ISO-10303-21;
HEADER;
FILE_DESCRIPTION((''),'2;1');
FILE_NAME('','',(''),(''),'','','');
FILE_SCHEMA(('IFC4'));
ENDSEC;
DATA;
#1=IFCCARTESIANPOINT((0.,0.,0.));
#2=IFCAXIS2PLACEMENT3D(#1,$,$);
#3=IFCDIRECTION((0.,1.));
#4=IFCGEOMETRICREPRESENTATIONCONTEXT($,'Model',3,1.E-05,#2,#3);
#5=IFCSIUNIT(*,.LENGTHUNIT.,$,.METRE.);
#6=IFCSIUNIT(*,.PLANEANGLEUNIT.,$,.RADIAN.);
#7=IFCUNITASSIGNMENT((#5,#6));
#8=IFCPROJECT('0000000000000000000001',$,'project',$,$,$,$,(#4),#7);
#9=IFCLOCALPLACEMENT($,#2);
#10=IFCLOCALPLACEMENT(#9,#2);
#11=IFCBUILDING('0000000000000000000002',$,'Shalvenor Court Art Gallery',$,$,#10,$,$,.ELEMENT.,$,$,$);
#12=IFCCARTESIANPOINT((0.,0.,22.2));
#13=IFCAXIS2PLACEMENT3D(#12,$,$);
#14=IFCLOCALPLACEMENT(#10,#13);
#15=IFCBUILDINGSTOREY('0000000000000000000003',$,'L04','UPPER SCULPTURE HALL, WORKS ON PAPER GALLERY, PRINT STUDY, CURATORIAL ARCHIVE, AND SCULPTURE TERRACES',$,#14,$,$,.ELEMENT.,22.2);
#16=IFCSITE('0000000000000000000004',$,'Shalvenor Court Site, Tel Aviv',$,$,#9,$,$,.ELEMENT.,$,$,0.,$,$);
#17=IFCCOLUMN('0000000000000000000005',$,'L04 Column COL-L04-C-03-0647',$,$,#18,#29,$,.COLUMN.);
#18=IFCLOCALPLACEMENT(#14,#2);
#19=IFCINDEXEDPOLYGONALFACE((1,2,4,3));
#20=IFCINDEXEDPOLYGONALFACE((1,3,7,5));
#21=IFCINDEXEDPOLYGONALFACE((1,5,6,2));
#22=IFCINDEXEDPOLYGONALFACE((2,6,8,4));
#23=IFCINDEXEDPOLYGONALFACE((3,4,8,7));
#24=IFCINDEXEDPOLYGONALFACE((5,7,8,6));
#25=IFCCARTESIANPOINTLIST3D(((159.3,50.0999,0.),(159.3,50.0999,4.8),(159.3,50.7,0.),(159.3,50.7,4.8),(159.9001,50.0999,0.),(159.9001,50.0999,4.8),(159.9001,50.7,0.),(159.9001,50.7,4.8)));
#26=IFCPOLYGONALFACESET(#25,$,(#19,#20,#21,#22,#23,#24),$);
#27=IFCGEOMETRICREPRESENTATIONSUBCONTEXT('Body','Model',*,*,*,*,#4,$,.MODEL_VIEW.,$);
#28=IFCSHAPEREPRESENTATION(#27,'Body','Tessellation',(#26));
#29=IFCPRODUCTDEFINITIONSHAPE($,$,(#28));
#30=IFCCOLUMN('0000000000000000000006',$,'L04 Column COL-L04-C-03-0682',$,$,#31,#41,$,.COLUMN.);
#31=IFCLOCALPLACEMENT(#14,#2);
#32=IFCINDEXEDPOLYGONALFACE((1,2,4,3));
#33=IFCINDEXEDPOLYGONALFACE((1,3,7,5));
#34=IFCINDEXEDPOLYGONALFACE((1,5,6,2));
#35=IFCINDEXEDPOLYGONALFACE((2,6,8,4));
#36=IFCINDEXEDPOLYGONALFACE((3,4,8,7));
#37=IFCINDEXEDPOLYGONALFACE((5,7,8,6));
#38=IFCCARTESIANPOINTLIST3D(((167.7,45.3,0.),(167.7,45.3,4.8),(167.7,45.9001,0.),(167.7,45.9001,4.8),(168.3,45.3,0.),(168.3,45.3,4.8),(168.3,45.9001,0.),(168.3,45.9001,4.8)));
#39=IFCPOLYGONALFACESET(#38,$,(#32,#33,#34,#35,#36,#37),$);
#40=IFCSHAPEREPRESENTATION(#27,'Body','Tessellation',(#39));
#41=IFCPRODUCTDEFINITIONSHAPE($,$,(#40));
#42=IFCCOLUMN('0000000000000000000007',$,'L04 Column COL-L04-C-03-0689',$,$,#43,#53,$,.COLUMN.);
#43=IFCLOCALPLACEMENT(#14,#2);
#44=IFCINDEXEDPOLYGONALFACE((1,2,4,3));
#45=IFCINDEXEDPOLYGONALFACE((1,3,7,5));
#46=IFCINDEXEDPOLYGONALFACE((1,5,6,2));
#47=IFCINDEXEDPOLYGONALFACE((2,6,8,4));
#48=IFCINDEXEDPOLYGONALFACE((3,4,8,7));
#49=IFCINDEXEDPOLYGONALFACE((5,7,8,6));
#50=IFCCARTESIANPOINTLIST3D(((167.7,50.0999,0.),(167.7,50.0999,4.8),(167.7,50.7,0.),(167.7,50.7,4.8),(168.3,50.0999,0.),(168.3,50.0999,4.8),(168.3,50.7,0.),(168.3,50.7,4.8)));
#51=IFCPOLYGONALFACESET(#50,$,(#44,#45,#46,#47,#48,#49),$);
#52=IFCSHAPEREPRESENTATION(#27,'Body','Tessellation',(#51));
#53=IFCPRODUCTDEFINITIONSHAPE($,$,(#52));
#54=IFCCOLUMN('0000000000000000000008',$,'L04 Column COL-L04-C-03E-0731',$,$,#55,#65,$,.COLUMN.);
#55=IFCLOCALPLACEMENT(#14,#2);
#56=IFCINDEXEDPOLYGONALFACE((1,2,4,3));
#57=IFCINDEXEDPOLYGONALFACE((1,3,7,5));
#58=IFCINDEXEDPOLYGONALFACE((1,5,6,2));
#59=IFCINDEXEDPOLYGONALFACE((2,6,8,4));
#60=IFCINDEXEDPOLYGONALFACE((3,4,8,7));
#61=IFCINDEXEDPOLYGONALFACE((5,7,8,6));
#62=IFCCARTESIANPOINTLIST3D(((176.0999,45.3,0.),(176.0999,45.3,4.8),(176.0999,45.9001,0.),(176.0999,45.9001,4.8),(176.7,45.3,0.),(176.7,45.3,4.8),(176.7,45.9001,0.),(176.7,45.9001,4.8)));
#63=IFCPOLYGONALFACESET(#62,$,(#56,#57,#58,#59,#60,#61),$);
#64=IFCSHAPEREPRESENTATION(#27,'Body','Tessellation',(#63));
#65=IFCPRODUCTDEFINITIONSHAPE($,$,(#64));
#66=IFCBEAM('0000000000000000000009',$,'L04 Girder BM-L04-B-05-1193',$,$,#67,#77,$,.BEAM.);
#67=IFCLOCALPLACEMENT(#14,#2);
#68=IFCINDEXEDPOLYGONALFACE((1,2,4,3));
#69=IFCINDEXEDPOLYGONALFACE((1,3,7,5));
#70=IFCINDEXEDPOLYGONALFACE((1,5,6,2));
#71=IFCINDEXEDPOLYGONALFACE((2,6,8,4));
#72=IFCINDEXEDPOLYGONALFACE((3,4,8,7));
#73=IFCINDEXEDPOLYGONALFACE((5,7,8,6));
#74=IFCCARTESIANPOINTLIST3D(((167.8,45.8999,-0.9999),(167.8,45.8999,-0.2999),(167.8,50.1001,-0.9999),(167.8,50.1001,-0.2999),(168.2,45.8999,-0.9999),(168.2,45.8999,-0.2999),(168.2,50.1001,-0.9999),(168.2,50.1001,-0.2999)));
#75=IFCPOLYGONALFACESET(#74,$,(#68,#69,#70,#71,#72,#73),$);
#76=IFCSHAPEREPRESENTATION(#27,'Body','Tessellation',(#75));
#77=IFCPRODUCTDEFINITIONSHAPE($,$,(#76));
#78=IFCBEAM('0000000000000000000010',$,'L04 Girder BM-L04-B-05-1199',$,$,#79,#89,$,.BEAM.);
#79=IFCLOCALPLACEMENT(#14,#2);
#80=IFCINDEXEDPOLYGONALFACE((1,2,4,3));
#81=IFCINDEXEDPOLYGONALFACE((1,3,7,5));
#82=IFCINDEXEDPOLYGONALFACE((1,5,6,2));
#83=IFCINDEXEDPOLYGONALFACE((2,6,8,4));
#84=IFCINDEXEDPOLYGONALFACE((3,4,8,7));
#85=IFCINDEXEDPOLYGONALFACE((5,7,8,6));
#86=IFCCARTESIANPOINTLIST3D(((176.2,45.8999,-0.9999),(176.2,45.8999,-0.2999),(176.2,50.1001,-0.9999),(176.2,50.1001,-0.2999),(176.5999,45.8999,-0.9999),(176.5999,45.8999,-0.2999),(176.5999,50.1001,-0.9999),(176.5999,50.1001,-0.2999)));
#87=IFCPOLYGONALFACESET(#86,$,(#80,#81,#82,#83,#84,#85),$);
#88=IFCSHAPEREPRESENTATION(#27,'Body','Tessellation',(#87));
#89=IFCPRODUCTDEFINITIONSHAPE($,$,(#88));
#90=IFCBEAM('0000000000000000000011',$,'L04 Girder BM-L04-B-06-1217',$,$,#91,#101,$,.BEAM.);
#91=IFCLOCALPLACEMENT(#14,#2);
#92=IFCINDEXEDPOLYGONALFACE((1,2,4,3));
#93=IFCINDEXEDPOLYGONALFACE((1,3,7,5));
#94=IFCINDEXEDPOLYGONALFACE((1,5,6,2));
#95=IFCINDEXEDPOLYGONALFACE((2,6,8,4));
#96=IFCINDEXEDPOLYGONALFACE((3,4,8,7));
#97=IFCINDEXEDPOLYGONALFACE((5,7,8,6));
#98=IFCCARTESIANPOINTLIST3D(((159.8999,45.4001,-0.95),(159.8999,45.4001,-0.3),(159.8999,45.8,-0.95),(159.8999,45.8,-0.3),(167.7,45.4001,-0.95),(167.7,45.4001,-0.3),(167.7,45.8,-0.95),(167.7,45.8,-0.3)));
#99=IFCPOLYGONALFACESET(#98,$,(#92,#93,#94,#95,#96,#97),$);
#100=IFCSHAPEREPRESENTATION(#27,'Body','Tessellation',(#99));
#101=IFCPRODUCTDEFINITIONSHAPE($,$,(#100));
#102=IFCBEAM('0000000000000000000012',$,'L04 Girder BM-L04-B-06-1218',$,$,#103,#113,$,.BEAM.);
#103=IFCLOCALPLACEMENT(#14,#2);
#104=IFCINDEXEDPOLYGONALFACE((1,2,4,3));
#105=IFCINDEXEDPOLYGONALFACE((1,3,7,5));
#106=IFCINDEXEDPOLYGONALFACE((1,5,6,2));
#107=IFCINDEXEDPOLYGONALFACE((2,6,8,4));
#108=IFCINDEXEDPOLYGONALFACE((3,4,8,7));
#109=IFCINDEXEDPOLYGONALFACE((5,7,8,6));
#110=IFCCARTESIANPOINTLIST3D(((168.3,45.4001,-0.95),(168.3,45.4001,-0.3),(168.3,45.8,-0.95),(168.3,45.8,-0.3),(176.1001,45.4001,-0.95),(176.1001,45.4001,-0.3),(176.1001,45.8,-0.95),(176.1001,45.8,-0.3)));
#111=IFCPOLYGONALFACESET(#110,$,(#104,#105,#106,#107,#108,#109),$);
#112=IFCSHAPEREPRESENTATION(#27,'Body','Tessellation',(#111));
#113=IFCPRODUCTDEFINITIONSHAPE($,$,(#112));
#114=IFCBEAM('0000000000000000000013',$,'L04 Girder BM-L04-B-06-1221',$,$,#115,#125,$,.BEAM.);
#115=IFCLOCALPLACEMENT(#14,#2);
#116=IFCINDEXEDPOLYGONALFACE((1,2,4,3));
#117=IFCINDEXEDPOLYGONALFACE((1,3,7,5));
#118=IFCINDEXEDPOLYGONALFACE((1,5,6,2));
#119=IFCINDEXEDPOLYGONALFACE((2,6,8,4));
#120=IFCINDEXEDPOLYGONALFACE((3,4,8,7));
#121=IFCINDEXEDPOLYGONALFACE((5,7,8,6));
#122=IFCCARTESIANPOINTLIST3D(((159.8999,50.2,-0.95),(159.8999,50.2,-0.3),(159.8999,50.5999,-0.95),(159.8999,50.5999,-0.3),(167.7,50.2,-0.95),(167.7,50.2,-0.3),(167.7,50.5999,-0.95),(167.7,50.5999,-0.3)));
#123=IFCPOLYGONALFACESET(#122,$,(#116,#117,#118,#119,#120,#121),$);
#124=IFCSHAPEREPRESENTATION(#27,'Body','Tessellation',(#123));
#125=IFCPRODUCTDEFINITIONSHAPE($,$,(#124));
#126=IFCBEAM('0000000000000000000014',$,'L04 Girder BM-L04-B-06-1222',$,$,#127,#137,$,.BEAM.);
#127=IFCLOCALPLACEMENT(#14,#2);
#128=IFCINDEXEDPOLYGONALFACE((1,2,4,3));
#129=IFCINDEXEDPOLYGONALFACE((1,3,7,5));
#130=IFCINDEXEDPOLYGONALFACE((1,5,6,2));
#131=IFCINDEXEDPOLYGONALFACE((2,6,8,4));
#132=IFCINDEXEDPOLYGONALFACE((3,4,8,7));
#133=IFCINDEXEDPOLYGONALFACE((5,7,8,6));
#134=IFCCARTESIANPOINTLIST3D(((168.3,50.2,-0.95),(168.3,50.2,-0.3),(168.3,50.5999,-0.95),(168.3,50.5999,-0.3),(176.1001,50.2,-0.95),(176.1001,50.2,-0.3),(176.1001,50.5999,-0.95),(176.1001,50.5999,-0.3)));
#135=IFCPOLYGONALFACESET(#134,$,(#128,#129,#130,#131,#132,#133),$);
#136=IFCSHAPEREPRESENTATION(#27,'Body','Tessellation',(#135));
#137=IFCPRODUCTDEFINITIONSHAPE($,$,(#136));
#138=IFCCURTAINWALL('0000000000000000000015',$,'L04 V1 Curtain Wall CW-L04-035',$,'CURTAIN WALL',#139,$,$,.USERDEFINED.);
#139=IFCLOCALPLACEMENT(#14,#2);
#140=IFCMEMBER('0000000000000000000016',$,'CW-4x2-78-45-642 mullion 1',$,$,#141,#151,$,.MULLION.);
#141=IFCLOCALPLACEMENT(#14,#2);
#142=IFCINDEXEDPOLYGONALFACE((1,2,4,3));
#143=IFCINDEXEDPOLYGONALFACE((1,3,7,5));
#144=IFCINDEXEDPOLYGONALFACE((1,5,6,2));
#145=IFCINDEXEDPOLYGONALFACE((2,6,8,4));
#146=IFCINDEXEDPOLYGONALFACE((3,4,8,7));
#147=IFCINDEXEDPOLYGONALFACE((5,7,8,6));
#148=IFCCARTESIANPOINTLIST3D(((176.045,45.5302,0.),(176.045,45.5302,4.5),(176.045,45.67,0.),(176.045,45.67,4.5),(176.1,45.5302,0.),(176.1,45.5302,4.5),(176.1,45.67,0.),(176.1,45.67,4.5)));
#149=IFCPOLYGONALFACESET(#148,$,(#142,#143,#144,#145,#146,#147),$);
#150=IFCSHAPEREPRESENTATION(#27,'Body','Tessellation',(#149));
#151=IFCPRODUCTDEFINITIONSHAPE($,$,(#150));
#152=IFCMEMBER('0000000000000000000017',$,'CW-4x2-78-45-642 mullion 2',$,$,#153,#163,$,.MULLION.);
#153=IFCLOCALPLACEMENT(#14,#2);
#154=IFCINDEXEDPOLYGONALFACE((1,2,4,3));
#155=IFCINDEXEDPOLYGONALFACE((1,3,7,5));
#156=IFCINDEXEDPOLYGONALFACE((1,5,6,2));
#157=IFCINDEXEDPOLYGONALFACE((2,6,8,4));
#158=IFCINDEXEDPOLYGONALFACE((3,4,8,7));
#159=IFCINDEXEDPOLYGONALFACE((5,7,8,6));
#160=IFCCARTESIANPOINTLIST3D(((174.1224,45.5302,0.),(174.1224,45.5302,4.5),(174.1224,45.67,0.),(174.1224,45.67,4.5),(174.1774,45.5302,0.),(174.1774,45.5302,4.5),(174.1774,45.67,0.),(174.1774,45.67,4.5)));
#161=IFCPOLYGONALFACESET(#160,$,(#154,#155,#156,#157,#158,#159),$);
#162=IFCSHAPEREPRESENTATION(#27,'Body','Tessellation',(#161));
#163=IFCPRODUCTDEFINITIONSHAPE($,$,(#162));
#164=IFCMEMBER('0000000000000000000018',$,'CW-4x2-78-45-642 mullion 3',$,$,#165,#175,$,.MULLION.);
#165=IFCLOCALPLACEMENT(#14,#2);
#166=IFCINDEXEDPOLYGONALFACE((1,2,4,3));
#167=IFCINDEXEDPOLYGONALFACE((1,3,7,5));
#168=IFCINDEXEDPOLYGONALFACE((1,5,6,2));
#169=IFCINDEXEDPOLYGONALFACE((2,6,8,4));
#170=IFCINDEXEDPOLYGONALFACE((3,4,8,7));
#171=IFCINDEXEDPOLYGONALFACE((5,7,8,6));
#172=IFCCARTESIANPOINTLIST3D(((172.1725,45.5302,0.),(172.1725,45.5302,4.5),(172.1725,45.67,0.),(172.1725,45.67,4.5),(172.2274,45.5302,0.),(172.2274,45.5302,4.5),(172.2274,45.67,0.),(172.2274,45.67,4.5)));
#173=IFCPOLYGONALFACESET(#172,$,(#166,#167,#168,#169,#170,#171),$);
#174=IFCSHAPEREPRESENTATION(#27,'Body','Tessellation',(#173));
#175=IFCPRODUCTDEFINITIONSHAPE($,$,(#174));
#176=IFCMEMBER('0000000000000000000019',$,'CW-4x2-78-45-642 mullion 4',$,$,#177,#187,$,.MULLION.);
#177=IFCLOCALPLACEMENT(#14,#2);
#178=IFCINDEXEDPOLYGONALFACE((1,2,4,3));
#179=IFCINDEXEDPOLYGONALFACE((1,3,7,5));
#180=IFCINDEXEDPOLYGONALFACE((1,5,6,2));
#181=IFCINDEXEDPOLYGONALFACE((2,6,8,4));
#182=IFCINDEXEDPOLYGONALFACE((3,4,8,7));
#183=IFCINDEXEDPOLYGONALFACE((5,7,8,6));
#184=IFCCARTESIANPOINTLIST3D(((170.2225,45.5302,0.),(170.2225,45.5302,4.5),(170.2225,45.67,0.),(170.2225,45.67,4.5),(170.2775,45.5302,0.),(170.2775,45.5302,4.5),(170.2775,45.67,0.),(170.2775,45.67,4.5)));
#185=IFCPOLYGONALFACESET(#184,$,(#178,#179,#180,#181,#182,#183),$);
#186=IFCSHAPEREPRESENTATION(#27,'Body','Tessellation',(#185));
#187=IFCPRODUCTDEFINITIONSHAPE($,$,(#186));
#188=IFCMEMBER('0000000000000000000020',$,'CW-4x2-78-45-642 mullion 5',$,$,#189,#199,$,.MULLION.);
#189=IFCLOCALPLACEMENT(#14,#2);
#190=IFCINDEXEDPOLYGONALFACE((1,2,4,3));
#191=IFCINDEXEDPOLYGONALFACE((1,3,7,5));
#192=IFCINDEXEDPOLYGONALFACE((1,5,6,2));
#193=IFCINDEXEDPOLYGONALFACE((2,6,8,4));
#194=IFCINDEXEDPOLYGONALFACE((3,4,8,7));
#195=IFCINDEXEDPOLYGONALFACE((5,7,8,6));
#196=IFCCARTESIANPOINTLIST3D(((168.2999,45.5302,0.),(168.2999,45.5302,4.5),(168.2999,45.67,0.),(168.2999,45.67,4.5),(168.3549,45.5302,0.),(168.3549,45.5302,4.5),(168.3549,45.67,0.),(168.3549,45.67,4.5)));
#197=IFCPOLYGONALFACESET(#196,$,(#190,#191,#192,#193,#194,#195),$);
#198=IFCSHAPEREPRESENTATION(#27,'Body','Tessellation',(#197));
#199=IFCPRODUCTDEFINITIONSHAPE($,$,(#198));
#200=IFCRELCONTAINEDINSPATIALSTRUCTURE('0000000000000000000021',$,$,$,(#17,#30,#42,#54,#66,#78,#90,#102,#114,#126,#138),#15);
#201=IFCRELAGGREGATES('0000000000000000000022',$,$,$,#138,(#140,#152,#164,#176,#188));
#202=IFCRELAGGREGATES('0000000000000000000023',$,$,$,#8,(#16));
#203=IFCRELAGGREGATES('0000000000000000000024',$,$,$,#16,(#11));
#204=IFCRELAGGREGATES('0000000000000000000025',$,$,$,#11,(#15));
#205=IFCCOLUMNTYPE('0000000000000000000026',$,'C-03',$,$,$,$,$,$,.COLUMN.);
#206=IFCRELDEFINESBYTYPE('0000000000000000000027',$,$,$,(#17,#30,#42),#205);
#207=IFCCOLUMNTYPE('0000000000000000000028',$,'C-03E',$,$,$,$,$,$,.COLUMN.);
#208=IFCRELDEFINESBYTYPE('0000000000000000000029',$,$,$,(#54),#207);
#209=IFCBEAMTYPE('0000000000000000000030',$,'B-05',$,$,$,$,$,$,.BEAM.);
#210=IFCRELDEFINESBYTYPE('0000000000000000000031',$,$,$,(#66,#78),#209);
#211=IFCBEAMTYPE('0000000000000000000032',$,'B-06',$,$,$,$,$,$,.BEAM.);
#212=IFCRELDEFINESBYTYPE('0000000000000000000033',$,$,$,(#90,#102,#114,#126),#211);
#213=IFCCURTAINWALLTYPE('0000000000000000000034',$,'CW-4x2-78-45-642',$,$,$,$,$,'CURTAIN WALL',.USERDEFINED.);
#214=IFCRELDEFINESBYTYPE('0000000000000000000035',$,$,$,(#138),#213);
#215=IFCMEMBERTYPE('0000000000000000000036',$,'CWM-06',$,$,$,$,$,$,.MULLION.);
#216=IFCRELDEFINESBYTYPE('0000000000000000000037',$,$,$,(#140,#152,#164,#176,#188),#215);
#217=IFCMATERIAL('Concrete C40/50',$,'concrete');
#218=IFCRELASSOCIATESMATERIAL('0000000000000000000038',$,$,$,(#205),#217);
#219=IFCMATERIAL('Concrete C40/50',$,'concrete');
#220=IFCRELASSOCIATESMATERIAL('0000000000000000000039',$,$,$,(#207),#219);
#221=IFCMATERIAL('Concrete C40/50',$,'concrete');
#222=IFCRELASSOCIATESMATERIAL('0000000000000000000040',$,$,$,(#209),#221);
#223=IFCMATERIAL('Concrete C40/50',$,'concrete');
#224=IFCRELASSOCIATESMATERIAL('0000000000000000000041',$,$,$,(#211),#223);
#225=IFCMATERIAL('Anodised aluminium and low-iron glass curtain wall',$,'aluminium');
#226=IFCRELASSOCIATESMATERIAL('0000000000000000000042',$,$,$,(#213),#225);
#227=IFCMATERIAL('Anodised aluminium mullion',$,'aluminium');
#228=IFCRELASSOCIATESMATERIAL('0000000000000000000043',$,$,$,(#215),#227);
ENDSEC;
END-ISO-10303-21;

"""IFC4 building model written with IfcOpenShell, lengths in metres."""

from ifc_helpers import new_model, si_unit, direction, frame, origin, origin_2d, place, context, subcontext, project, spatial, rectangle, extrude, material, material_profile, profile_set, type_object, element, aggregate, save


model = new_model("IFC4")

# Units and contexts
model_context = context("Model", 3, precision=1e-05, world=origin(), true_north=direction((0.0, 1.0)))
body_context = subcontext(model_context, "Body", "Model", "MODEL_VIEW")
ifc_project = project(units=[si_unit("LENGTHUNIT", "METRE"), si_unit("PLANEANGLEUNIT", "RADIAN")], contexts=[model_context])

# Site, building, storey
site_placement = place(None, origin())
site = spatial("IfcSite", under=ifc_project, at=site_placement, Name="Shalvenor Court Site, Tel Aviv", CompositionType="ELEMENT", RefElevation=0.0)
building_placement = place(site_placement, origin())
building = spatial("IfcBuilding", under=site, at=building_placement, Name="Shalvenor Court Art Gallery", CompositionType="ELEMENT")
storey_placement = place(building_placement, frame((0.0, 0.0, 22.2)))
storey = spatial("IfcBuildingStorey", under=building, at=storey_placement, Name="L04", Description="UPPER SCULPTURE HALL, WORKS ON PAPER GALLERY, PRINT STUDY, CURATORIAL ARCHIVE, AND SCULPTURE TERRACES", CompositionType="ELEMENT", Elevation=22.2)

# Columns
ifc_material_1 = material(Name="Concrete C40/50", Category="concrete")
ifc_material_profile_1 = material_profile(ifc_material_1, rectangle(XDim=0.6001, YDim=0.6001, at=origin_2d()), Name="RC 600x600")
ifc_profile_set_1 = profile_set([ifc_material_profile_1], Name="Concrete C40/50")
column_type_1 = type_object("IfcColumnType", Name="C-03", PredefinedType="COLUMN", material=ifc_profile_set_1)
for number, where, z_axis, x_axis, name in (
    (1, (159.6001, 50.3999, 0.0), (0.0, 0.0, 1.0), (1.0, 0.0, 0.0), "L04 Column COL-L04-C-03-0647"),
    (2, (168.0, 45.6001, 0.0), (0.0, 0.0, 1.0), (1.0, 0.0, 0.0), "L04 Column COL-L04-C-03-0682"),
    (3, (168.0, 50.3999, 0.0), (0.0, 0.0, 1.0), (1.0, 0.0, 0.0), "L04 Column COL-L04-C-03-0689"),
):
    element("IfcColumn", number, at=place(storey_placement, frame(where, z_axis=z_axis, x_axis=x_axis)), inside=storey, type_object=column_type_1, Name=name, PredefinedType="COLUMN", context=body_context, shape_type="SweptSolid", body=[
        extrude(rectangle(XDim=0.6001, YDim=0.6001, at=origin_2d()), origin(), (0.0, 0.0, 1.0), 4.8),
    ])
ifc_material_2 = material(Name="Concrete C40/50", Category="concrete")
ifc_material_profile_2 = material_profile(ifc_material_2, rectangle(XDim=0.6001, YDim=0.6001, at=origin_2d()), Name="RC 600x600")
ifc_profile_set_2 = profile_set([ifc_material_profile_2], Name="Concrete C40/50")
column_type_2 = type_object("IfcColumnType", Name="C-03E", PredefinedType="COLUMN", material=ifc_profile_set_2)
column_placement = place(storey_placement, frame((176.3999, 45.6001, 0.0), z_axis=(0.0, 0.0, 1.0), x_axis=(1.0, 0.0, 0.0)))
element("IfcColumn", 4, at=column_placement, inside=storey, type_object=column_type_2, Name="L04 Column COL-L04-C-03E-0731", PredefinedType="COLUMN", context=body_context, shape_type="SweptSolid", body=[
    extrude(rectangle(XDim=0.6001, YDim=0.6001, at=origin_2d()), origin(), (0.0, 0.0, 1.0), 4.8),
])

# Beams
ifc_material_3 = material(Name="Concrete C40/50", Category="concrete")
ifc_material_profile_3 = material_profile(ifc_material_3, rectangle(XDim=0.3999, YDim=0.7, at=origin_2d()), Name="RC 400x700")
ifc_profile_set_3 = profile_set([ifc_material_profile_3], Name="Concrete C40/50")
beam_type_1 = type_object("IfcBeamType", Name="B-05", PredefinedType="BEAM", material=ifc_profile_set_3)
for number, where, z_axis, x_axis, name in (
    (5, (168.0, 45.8999, -0.6499), (0.0, 1.0, 0.0), (-1.0, 0.0, 0.0), "L04 Girder BM-L04-B-05-1193"),
    (6, (176.3999, 45.8999, -0.6499), (0.0, 1.0, 0.0), (-1.0, 0.0, 0.0), "L04 Girder BM-L04-B-05-1199"),
):
    element("IfcBeam", number, at=place(storey_placement, frame(where, z_axis=z_axis, x_axis=x_axis)), inside=storey, type_object=beam_type_1, Name=name, PredefinedType="BEAM", context=body_context, shape_type="SweptSolid", body=[
        extrude(rectangle(XDim=0.3999, YDim=0.7, at=origin_2d()), origin(), (0.0, 0.0, 1.0), 4.2002),
    ])
ifc_material_4 = material(Name="Concrete C40/50", Category="concrete")
ifc_material_profile_4 = material_profile(ifc_material_4, rectangle(XDim=0.3999, YDim=0.6499, at=origin_2d()), Name="RC 400x650")
ifc_profile_set_4 = profile_set([ifc_material_profile_4], Name="Concrete C40/50")
beam_type_2 = type_object("IfcBeamType", Name="B-06", PredefinedType="BEAM", material=ifc_profile_set_4)
for number, where, z_axis, x_axis, name in (
    (7, (159.8999, 45.6001, -0.625), (1.0, 0.0, 0.0), (0.0, 1.0, 0.0), "L04 Girder BM-L04-B-06-1217"),
    (8, (168.3, 45.6001, -0.625), (1.0, 0.0, 0.0), (0.0, 1.0, 0.0), "L04 Girder BM-L04-B-06-1218"),
    (9, (159.8999, 50.3999, -0.625), (1.0, 0.0, 0.0), (0.0, 1.0, 0.0), "L04 Girder BM-L04-B-06-1221"),
    (10, (168.3, 50.3999, -0.625), (1.0, 0.0, 0.0), (0.0, 1.0, 0.0), "L04 Girder BM-L04-B-06-1222"),
):
    element("IfcBeam", number, at=place(storey_placement, frame(where, z_axis=z_axis, x_axis=x_axis)), inside=storey, type_object=beam_type_2, Name=name, PredefinedType="BEAM", context=body_context, shape_type="SweptSolid", body=[
        extrude(rectangle(XDim=0.3999, YDim=0.6499, at=origin_2d()), origin(), (0.0, 0.0, 1.0), 7.8),
    ])

# Curtain wall, members
ifc_material_5 = material(Name="Anodised aluminium and low-iron glass curtain wall", Category="aluminium")
curtain_wall_type = type_object("IfcCurtainWallType", Name="CW-4x2-78-45-642", ElementType="CURTAIN WALL", PredefinedType="USERDEFINED", material=ifc_material_5)
curtain_wall_placement = place(storey_placement, origin())
curtain_wall = element("IfcCurtainWall", 11, at=curtain_wall_placement, inside=storey, type_object=curtain_wall_type, Name="L04 V1 Curtain Wall CW-L04-035", ObjectType="CURTAIN WALL", PredefinedType="USERDEFINED")
ifc_material_6 = material(Name="Anodised aluminium mullion", Category="aluminium")
ifc_material_profile_5 = material_profile(ifc_material_6, rectangle(XDim=0.0549, YDim=0.1399, at=origin_2d()), Name="CWM-06")
ifc_profile_set_5 = profile_set([ifc_material_profile_5], Name="Anodised aluminium mullion")
member_type_1 = type_object("IfcMemberType", Name="CWM-06", PredefinedType="MULLION", material=ifc_profile_set_5)
member_1_placement = place(storey_placement, frame((176.0725, 45.6001, 0.0), z_axis=(0.0, 0.0, 1.0), x_axis=(-1.0, 0.0, 0.0)))
member_1 = element("IfcMember", 12, at=member_1_placement, type_object=member_type_1, Name="CW-4x2-78-45-642 mullion 1", PredefinedType="MULLION", context=body_context, shape_type="SweptSolid", body=[
    extrude(rectangle(XDim=0.0549, YDim=0.1399, at=origin_2d()), origin(), (0.0, 0.0, 1.0), 4.5),
])
member_2_placement = place(storey_placement, frame((174.1499, 45.6001, 0.0), z_axis=(0.0, 0.0, 1.0), x_axis=(-1.0, 0.0, 0.0)))
member_2 = element("IfcMember", 13, at=member_2_placement, type_object=member_type_1, Name="CW-4x2-78-45-642 mullion 2", PredefinedType="MULLION", context=body_context, shape_type="SweptSolid", body=[
    extrude(rectangle(XDim=0.0549, YDim=0.1399, at=origin_2d()), origin(), (0.0, 0.0, 1.0), 4.5),
])
member_3_placement = place(storey_placement, frame((172.2, 45.6001, 0.0), z_axis=(0.0, 0.0, 1.0), x_axis=(-1.0, 0.0, 0.0)))
member_3 = element("IfcMember", 14, at=member_3_placement, type_object=member_type_1, Name="CW-4x2-78-45-642 mullion 3", PredefinedType="MULLION", context=body_context, shape_type="SweptSolid", body=[
    extrude(rectangle(XDim=0.0549, YDim=0.1399, at=origin_2d()), origin(), (0.0, 0.0, 1.0), 4.5),
])
member_4_placement = place(storey_placement, frame((170.25, 45.6001, 0.0), z_axis=(0.0, 0.0, 1.0), x_axis=(-1.0, 0.0, 0.0)))
member_4 = element("IfcMember", 15, at=member_4_placement, type_object=member_type_1, Name="CW-4x2-78-45-642 mullion 4", PredefinedType="MULLION", context=body_context, shape_type="SweptSolid", body=[
    extrude(rectangle(XDim=0.0549, YDim=0.1399, at=origin_2d()), origin(), (0.0, 0.0, 1.0), 4.5),
])
member_5_placement = place(storey_placement, frame((168.3274, 45.6001, 0.0), z_axis=(0.0, 0.0, 1.0), x_axis=(-1.0, 0.0, 0.0)))
member_5 = element("IfcMember", 16, at=member_5_placement, type_object=member_type_1, Name="CW-4x2-78-45-642 mullion 5", PredefinedType="MULLION", context=body_context, shape_type="SweptSolid", body=[
    extrude(rectangle(XDim=0.0549, YDim=0.1399, at=origin_2d()), origin(), (0.0, 0.0, 1.0), 4.5),
])

aggregate(curtain_wall, [member_1, member_2, member_3, member_4, member_5])

save(model, "model.ifc")
